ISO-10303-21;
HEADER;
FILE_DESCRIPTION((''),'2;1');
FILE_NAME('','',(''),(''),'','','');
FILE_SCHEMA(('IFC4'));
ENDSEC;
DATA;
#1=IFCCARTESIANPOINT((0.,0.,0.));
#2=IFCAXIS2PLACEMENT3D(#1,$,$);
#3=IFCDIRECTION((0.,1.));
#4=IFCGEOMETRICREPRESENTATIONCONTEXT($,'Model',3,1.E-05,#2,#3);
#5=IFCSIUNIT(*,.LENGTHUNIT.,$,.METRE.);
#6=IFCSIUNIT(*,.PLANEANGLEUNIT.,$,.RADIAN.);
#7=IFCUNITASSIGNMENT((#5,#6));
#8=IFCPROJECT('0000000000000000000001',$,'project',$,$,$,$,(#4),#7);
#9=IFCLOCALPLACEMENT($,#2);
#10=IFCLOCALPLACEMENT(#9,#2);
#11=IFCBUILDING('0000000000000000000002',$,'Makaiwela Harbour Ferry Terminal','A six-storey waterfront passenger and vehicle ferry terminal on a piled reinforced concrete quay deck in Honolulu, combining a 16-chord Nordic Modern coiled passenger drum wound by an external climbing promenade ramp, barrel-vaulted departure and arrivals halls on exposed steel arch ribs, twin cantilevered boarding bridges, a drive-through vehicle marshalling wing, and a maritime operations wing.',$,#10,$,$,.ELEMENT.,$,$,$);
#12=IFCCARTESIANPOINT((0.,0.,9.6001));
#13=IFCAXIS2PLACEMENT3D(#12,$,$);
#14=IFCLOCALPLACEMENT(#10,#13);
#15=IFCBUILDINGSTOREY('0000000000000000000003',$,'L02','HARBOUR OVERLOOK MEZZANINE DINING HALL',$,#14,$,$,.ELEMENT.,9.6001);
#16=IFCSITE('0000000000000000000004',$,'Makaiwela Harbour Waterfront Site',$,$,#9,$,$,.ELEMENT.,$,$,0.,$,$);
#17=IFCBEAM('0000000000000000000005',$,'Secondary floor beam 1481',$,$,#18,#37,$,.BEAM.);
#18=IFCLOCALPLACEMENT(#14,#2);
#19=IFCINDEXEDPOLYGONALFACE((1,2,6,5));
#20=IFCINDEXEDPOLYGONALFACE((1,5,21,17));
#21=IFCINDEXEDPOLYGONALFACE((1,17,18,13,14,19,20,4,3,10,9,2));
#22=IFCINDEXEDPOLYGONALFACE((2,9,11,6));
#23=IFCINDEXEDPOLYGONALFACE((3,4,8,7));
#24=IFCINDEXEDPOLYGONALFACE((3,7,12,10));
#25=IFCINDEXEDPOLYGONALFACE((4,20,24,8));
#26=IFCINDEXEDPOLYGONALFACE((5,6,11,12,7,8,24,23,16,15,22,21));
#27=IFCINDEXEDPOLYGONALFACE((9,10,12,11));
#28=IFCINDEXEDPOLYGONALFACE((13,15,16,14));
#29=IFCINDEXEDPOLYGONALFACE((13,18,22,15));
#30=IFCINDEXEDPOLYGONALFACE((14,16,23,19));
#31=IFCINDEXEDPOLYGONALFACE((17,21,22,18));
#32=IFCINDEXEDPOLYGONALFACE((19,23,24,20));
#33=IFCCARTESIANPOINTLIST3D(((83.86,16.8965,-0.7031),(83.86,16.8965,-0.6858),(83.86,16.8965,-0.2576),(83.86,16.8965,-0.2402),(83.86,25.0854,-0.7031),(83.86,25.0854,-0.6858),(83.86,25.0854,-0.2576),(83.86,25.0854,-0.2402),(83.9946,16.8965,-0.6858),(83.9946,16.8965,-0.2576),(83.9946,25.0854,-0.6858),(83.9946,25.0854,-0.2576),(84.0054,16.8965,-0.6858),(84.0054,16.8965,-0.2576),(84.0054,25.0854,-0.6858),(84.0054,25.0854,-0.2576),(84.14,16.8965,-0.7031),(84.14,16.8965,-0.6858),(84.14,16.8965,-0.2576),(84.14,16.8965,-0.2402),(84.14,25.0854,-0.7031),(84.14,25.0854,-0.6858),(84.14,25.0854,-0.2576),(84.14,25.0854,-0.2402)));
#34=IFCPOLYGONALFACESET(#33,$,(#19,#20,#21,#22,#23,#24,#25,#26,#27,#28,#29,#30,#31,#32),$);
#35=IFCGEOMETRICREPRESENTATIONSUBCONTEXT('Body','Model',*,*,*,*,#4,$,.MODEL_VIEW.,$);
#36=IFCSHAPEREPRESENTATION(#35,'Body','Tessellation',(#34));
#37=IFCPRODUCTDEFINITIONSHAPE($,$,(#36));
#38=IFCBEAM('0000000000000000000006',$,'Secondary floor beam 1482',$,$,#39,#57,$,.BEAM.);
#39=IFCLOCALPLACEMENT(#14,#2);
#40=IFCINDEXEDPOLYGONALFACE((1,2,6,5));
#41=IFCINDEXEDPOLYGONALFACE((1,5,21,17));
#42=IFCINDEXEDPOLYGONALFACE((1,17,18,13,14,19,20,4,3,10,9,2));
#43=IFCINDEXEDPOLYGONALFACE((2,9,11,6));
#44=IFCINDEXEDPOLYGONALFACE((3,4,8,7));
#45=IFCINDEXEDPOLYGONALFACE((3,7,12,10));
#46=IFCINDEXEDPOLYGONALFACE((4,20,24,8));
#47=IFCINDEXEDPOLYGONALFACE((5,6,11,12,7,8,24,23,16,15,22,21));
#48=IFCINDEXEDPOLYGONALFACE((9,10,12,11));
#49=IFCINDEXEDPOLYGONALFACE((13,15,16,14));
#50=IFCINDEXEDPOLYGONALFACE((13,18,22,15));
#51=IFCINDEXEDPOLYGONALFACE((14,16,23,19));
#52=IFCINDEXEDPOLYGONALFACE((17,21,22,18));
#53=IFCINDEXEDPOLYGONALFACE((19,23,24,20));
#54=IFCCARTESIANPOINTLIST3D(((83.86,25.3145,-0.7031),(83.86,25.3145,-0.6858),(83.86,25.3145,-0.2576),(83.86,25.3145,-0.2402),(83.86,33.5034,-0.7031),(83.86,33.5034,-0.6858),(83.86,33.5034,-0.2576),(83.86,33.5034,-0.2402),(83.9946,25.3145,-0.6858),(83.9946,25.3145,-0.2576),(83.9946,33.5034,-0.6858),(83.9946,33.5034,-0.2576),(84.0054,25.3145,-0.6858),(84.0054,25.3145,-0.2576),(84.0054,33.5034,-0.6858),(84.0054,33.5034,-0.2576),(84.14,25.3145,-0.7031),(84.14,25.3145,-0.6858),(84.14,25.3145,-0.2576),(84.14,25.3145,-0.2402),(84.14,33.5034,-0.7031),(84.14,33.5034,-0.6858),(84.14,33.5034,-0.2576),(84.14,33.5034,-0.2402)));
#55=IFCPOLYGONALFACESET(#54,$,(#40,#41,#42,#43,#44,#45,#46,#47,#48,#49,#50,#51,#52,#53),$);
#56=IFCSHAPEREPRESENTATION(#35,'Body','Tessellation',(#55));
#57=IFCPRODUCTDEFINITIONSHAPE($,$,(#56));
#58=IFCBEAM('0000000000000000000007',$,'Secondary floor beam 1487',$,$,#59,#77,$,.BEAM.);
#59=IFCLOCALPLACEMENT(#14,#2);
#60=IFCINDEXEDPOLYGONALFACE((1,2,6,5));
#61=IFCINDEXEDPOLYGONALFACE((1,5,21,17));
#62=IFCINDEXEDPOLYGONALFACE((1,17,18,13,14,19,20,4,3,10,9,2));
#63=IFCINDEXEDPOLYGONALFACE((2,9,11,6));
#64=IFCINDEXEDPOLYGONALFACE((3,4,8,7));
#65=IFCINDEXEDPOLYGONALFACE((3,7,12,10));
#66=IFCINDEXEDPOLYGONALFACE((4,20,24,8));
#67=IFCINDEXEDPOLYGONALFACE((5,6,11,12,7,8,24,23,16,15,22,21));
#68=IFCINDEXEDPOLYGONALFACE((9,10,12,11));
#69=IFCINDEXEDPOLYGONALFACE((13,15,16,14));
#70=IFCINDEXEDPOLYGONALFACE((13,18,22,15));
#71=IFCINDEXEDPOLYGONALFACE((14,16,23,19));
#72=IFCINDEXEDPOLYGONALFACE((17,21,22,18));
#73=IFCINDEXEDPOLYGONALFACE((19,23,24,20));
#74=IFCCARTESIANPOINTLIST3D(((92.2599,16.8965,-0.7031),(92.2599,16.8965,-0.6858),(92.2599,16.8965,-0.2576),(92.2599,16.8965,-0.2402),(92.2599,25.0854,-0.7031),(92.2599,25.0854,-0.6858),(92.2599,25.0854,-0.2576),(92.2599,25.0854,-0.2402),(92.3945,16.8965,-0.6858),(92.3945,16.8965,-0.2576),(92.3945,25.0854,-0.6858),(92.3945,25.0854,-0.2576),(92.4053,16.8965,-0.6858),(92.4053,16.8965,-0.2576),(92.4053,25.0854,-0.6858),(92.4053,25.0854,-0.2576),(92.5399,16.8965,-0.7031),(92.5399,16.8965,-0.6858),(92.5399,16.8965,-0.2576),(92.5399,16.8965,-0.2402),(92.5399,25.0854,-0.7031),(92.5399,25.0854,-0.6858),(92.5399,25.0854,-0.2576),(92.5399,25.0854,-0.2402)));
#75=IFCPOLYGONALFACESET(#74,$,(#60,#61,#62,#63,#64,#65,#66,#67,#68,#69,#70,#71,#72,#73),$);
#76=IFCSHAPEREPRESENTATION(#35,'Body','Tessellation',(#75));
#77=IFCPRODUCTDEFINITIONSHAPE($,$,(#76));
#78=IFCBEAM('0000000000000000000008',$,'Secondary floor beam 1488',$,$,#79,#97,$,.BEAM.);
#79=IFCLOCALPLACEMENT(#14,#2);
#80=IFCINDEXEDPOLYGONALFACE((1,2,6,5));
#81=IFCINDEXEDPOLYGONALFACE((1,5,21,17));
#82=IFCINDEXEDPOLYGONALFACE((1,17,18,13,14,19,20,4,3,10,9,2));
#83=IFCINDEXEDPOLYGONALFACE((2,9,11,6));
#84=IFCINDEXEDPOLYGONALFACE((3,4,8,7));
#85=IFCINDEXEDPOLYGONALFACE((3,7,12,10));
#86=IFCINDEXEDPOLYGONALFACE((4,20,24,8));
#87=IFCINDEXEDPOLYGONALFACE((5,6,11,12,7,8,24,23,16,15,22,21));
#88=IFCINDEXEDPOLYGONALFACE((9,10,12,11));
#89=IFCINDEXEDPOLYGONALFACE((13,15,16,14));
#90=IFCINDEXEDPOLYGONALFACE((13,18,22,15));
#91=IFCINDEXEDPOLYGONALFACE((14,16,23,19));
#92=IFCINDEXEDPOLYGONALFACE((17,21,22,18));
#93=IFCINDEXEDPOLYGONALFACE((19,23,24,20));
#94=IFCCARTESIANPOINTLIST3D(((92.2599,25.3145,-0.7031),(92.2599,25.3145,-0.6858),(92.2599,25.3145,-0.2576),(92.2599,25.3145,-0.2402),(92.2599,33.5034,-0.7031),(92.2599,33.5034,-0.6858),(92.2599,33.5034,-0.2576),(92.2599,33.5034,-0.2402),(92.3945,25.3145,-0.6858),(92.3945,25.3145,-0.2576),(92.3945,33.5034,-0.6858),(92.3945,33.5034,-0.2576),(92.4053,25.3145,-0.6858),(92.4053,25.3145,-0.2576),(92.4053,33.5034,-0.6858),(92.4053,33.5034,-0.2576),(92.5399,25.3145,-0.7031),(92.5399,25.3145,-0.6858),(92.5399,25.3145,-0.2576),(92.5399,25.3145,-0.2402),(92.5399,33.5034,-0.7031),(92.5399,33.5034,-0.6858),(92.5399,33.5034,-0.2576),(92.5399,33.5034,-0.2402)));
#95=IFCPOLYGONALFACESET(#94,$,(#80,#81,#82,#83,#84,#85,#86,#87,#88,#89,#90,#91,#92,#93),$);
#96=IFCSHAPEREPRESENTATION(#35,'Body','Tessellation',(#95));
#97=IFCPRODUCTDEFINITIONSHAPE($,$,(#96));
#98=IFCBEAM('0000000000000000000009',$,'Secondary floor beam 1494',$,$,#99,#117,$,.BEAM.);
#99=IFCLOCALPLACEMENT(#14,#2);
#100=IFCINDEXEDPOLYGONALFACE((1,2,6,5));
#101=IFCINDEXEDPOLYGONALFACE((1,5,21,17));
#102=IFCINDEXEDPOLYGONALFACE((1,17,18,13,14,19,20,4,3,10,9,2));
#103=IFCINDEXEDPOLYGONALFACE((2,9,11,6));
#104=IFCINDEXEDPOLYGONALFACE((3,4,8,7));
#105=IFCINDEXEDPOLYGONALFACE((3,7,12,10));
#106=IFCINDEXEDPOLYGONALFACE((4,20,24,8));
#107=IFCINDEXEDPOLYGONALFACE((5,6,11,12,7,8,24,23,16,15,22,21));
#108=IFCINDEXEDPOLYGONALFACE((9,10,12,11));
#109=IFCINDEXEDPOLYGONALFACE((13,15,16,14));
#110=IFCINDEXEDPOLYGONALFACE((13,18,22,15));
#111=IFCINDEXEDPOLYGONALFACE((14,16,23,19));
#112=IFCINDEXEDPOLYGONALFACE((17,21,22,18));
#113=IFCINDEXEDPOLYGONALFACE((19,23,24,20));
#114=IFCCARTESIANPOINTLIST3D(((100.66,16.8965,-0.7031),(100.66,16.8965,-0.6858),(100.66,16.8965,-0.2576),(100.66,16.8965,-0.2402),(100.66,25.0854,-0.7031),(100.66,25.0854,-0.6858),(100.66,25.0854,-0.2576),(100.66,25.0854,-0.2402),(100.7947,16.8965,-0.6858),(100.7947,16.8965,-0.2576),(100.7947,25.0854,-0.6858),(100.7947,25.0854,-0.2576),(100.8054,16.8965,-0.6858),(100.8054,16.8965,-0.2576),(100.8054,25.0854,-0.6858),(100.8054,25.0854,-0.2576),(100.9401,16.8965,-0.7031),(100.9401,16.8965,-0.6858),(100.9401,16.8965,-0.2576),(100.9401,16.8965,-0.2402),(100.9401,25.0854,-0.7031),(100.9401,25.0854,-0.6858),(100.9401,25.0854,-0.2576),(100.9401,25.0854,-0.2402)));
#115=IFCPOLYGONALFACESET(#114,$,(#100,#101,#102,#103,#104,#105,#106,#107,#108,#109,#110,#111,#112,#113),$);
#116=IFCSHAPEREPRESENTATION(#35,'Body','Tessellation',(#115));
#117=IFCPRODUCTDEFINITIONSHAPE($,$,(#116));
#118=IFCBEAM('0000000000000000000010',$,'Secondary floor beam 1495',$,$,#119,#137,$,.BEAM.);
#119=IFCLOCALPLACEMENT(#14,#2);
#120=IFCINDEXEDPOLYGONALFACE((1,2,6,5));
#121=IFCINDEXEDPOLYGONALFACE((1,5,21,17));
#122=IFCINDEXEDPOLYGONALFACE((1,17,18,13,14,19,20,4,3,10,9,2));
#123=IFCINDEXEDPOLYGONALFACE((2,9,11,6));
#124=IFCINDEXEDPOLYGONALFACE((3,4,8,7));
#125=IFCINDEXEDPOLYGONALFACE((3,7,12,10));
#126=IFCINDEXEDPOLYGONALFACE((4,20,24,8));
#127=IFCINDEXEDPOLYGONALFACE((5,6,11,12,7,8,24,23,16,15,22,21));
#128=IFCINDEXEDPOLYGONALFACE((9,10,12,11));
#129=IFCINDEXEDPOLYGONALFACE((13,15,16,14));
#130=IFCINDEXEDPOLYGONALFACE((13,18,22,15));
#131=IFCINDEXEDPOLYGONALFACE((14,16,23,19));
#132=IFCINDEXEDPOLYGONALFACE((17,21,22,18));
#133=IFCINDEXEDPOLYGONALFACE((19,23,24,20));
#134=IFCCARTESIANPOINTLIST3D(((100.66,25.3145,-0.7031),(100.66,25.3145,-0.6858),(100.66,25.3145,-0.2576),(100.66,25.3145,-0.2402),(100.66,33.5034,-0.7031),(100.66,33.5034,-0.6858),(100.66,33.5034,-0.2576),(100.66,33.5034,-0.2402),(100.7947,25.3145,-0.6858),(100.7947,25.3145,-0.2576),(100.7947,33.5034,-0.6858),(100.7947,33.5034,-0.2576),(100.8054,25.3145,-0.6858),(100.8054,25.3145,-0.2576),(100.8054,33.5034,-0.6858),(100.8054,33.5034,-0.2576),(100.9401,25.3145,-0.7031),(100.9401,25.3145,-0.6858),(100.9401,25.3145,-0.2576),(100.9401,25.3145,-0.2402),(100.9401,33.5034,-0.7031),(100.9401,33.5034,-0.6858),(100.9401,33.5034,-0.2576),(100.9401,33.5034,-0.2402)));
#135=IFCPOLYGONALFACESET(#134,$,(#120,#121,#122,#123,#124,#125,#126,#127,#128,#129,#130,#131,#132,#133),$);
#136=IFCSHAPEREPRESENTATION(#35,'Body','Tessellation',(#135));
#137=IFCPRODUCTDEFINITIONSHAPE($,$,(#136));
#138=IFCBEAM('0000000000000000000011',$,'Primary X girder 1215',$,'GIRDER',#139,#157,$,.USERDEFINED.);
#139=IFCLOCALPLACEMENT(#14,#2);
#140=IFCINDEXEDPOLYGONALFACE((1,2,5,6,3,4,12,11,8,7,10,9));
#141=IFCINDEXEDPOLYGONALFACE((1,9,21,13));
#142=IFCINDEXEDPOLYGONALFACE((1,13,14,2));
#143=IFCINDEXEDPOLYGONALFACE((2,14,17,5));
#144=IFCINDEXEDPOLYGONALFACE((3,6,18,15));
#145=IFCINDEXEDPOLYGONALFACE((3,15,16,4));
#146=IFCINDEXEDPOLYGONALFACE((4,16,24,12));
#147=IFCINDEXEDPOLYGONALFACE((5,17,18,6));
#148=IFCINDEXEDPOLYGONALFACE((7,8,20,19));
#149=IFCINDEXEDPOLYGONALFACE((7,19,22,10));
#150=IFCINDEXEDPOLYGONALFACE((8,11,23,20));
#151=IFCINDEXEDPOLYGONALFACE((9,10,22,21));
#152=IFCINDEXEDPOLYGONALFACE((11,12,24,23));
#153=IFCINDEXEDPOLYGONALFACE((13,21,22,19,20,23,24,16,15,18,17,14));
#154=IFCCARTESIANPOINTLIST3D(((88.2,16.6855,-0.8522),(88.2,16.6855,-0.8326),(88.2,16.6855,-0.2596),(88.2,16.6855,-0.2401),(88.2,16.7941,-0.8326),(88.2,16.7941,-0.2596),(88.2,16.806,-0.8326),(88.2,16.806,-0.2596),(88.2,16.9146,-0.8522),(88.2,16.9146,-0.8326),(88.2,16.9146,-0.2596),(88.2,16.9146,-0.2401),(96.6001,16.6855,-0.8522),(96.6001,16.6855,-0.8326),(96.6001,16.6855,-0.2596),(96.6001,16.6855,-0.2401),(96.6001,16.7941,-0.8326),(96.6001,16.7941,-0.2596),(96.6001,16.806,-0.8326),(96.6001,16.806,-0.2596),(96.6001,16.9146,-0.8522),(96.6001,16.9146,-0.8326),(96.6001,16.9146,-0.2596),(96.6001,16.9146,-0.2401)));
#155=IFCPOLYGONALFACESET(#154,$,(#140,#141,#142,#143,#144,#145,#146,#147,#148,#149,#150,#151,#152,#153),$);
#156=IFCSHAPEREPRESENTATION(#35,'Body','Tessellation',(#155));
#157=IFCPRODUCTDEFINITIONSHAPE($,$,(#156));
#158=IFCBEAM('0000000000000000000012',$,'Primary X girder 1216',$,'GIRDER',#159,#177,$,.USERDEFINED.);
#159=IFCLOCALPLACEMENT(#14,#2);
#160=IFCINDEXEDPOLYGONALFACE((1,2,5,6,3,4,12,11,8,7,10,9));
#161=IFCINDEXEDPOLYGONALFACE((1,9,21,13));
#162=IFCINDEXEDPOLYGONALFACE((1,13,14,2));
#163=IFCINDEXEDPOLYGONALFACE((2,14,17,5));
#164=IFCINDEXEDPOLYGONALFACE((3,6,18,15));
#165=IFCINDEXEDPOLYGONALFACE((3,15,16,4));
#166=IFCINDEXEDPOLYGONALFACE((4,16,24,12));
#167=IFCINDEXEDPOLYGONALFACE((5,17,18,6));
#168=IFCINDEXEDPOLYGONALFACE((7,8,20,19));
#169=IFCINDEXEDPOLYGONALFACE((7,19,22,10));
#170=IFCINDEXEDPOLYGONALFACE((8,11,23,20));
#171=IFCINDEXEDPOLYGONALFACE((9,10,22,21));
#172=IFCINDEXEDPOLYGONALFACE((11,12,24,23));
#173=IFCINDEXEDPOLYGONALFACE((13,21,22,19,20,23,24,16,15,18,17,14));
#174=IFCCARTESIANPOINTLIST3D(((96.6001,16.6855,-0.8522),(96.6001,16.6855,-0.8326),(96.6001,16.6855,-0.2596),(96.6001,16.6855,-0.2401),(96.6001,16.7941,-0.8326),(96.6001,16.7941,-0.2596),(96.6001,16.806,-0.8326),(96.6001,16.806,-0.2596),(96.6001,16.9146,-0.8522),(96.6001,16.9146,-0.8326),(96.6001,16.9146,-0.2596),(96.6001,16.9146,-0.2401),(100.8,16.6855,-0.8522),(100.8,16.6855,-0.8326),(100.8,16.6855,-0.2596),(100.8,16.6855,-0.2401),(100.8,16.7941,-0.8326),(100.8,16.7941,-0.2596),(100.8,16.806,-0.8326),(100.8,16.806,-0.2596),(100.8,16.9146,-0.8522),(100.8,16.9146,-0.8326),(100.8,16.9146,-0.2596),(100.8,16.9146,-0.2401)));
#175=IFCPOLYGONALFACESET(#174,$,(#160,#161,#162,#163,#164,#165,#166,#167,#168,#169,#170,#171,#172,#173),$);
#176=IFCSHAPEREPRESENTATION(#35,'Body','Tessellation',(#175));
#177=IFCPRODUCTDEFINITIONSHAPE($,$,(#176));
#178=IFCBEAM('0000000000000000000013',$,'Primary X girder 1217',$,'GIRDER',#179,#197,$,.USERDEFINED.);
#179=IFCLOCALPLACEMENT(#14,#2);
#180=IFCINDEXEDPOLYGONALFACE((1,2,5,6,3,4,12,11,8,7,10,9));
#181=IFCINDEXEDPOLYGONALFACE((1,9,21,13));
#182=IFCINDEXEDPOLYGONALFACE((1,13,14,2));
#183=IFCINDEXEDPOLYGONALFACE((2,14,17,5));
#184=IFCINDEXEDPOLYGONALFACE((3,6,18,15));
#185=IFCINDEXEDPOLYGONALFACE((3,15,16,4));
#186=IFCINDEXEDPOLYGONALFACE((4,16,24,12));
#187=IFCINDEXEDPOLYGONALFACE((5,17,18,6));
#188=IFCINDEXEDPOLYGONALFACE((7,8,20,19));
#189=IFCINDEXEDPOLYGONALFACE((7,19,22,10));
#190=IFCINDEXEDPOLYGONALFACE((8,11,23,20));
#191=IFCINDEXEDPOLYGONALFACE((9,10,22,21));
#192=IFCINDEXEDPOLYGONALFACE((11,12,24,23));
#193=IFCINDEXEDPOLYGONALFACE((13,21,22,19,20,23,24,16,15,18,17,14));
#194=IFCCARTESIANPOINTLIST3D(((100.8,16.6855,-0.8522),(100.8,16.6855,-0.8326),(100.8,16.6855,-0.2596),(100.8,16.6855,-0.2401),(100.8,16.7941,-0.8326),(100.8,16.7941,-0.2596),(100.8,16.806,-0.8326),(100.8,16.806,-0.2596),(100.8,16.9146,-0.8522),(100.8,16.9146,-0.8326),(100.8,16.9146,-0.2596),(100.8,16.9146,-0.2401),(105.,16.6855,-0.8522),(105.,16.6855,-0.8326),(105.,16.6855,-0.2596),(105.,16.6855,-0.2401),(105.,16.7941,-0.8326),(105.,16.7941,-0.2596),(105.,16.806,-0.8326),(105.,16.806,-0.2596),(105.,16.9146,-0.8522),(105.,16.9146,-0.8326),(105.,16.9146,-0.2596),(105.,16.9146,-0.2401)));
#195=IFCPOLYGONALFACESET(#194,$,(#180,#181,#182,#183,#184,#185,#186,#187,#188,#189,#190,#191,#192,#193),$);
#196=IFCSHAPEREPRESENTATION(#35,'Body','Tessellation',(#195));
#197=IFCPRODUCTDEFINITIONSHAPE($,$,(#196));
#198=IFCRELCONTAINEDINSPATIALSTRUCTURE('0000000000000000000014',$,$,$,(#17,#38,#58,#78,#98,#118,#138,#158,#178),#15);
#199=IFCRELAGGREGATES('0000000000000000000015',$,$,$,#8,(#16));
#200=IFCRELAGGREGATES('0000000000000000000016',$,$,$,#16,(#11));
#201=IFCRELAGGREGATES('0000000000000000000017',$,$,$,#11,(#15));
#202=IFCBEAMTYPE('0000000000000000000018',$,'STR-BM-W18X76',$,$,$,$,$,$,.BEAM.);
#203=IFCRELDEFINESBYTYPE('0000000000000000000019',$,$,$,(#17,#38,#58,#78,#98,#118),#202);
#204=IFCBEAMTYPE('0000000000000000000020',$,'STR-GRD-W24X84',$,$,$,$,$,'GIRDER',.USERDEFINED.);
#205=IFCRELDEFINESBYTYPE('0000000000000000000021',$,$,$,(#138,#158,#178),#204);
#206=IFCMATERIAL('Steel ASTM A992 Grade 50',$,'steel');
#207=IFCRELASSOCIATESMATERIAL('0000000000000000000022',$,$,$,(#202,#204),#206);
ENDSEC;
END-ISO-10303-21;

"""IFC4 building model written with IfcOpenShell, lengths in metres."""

from ifc_helpers import new_model, si_unit, direction, frame, origin, origin_2d, place, context, subcontext, project, spatial, i_section, extrude, material, material_profile, profile_set, type_object, element, save


model = new_model("IFC4")

# Units and contexts
model_context = context("Model", 3, precision=1e-05, world=origin(), true_north=direction((0.0, 1.0)))
body_context = subcontext(model_context, "Body", "Model", "MODEL_VIEW")
ifc_project = project(units=[si_unit("LENGTHUNIT", "METRE"), si_unit("PLANEANGLEUNIT", "RADIAN")], contexts=[model_context])

# Site, building, storey
site_placement = place(None, origin())
site = spatial("IfcSite", under=ifc_project, at=site_placement, Name="Makaiwela Harbour Waterfront Site", CompositionType="ELEMENT", RefElevation=0.0)
building_placement = place(site_placement, origin())
building = spatial("IfcBuilding", under=site, at=building_placement, Name="Makaiwela Harbour Ferry Terminal", Description="A six-storey waterfront passenger and vehicle ferry terminal on a piled reinforced concrete quay deck in Honolulu, combining a 16-chord Nordic Modern coiled passenger drum wound by an external climbing promenade ramp, barrel-vaulted departure and arrivals halls on exposed steel arch ribs, twin cantilevered boarding bridges, a drive-through vehicle marshalling wing, and a maritime operations wing.", CompositionType="ELEMENT")
storey_placement = place(building_placement, frame((0.0, 0.0, 9.6001)))
storey = spatial("IfcBuildingStorey", under=building, at=storey_placement, Name="L02", Description="HARBOUR OVERLOOK MEZZANINE DINING HALL", CompositionType="ELEMENT", Elevation=9.6001)

# Beams
ifc_material = material(Name="Steel ASTM A992 Grade 50", Category="steel")
ifc_material_profile_1 = material_profile(ifc_material, i_section(OverallWidth=0.28, OverallDepth=0.4629, WebThickness=0.0107, FlangeThickness=0.0173, at=origin_2d()), Name="W18X76")
ifc_profile_set_1 = profile_set([ifc_material_profile_1], Name="Steel ASTM A992 Grade 50")
beam_type_1 = type_object("IfcBeamType", Name="STR-BM-W18X76", PredefinedType="BEAM", material=ifc_profile_set_1)
for number, where, z_axis, x_axis, name in (
    (1, (84.0, 16.8965, -0.4717), (0.0, 1.0, 0.0), (-1.0, 0.0, 0.0), "Secondary floor beam 1481"),
    (2, (84.0, 25.3145, -0.4717), (0.0, 1.0, 0.0), (-1.0, 0.0, 0.0), "Secondary floor beam 1482"),
    (3, (92.3999, 16.8965, -0.4717), (0.0, 1.0, 0.0), (-1.0, 0.0, 0.0), "Secondary floor beam 1487"),
    (4, (92.3999, 25.3145, -0.4717), (0.0, 1.0, 0.0), (-1.0, 0.0, 0.0), "Secondary floor beam 1488"),
    (5, (100.8, 16.8965, -0.4717), (0.0, 1.0, 0.0), (-1.0, 0.0, 0.0), "Secondary floor beam 1494"),
    (6, (100.8, 25.3145, -0.4717), (0.0, 1.0, 0.0), (-1.0, 0.0, 0.0), "Secondary floor beam 1495"),
):
    element("IfcBeam", number, at=place(storey_placement, frame(where, z_axis=z_axis, x_axis=x_axis)), inside=storey, type_object=beam_type_1, Name=name, PredefinedType="BEAM", context=body_context, shape_type="SweptSolid", body=[
        extrude(i_section(OverallWidth=0.28, OverallDepth=0.4629, WebThickness=0.0107, FlangeThickness=0.0173, at=origin_2d()), origin(), (0.0, 0.0, 1.0), 8.189),
    ])
ifc_material_profile_2 = material_profile(ifc_material, i_section(OverallWidth=0.229, OverallDepth=0.6121, WebThickness=0.012, FlangeThickness=0.0195, at=origin_2d()), Name="W24X84")
ifc_profile_set_2 = profile_set([ifc_material_profile_2], Name="Steel ASTM A992 Grade 50")
beam_type_2 = type_object("IfcBeamType", Name="STR-GRD-W24X84", ElementType="GIRDER", PredefinedType="USERDEFINED", material=ifc_profile_set_2)
beam_1_placement = place(storey_placement, frame((88.2, 16.8, -0.5461), z_axis=(1.0, 0.0, 0.0), x_axis=(0.0, 1.0, 0.0)))
element("IfcBeam", 7, at=beam_1_placement, inside=storey, type_object=beam_type_2, Name="Primary X girder 1215", ObjectType="GIRDER", PredefinedType="USERDEFINED", context=body_context, shape_type="SweptSolid", body=[
    extrude(i_section(OverallWidth=0.229, OverallDepth=0.6121, WebThickness=0.012, FlangeThickness=0.0195, at=origin_2d()), origin(), (0.0, 0.0, 1.0), 8.4001),
])
for number, where, z_axis, x_axis, name in (
    (8, (96.6001, 16.8, -0.5461), (1.0, 0.0, 0.0), (0.0, 1.0, 0.0), "Primary X girder 1216"),
    (9, (100.8, 16.8, -0.5461), (1.0, 0.0, 0.0), (0.0, 1.0, 0.0), "Primary X girder 1217"),
):
    element("IfcBeam", number, at=place(storey_placement, frame(where, z_axis=z_axis, x_axis=x_axis)), inside=storey, type_object=beam_type_2, Name=name, ObjectType="GIRDER", PredefinedType="USERDEFINED", context=body_context, shape_type="SweptSolid", body=[
        extrude(i_section(OverallWidth=0.229, OverallDepth=0.6121, WebThickness=0.012, FlangeThickness=0.0195, at=origin_2d()), origin(), (0.0, 0.0, 1.0), 4.2),
    ])

save(model, "model.ifc")
